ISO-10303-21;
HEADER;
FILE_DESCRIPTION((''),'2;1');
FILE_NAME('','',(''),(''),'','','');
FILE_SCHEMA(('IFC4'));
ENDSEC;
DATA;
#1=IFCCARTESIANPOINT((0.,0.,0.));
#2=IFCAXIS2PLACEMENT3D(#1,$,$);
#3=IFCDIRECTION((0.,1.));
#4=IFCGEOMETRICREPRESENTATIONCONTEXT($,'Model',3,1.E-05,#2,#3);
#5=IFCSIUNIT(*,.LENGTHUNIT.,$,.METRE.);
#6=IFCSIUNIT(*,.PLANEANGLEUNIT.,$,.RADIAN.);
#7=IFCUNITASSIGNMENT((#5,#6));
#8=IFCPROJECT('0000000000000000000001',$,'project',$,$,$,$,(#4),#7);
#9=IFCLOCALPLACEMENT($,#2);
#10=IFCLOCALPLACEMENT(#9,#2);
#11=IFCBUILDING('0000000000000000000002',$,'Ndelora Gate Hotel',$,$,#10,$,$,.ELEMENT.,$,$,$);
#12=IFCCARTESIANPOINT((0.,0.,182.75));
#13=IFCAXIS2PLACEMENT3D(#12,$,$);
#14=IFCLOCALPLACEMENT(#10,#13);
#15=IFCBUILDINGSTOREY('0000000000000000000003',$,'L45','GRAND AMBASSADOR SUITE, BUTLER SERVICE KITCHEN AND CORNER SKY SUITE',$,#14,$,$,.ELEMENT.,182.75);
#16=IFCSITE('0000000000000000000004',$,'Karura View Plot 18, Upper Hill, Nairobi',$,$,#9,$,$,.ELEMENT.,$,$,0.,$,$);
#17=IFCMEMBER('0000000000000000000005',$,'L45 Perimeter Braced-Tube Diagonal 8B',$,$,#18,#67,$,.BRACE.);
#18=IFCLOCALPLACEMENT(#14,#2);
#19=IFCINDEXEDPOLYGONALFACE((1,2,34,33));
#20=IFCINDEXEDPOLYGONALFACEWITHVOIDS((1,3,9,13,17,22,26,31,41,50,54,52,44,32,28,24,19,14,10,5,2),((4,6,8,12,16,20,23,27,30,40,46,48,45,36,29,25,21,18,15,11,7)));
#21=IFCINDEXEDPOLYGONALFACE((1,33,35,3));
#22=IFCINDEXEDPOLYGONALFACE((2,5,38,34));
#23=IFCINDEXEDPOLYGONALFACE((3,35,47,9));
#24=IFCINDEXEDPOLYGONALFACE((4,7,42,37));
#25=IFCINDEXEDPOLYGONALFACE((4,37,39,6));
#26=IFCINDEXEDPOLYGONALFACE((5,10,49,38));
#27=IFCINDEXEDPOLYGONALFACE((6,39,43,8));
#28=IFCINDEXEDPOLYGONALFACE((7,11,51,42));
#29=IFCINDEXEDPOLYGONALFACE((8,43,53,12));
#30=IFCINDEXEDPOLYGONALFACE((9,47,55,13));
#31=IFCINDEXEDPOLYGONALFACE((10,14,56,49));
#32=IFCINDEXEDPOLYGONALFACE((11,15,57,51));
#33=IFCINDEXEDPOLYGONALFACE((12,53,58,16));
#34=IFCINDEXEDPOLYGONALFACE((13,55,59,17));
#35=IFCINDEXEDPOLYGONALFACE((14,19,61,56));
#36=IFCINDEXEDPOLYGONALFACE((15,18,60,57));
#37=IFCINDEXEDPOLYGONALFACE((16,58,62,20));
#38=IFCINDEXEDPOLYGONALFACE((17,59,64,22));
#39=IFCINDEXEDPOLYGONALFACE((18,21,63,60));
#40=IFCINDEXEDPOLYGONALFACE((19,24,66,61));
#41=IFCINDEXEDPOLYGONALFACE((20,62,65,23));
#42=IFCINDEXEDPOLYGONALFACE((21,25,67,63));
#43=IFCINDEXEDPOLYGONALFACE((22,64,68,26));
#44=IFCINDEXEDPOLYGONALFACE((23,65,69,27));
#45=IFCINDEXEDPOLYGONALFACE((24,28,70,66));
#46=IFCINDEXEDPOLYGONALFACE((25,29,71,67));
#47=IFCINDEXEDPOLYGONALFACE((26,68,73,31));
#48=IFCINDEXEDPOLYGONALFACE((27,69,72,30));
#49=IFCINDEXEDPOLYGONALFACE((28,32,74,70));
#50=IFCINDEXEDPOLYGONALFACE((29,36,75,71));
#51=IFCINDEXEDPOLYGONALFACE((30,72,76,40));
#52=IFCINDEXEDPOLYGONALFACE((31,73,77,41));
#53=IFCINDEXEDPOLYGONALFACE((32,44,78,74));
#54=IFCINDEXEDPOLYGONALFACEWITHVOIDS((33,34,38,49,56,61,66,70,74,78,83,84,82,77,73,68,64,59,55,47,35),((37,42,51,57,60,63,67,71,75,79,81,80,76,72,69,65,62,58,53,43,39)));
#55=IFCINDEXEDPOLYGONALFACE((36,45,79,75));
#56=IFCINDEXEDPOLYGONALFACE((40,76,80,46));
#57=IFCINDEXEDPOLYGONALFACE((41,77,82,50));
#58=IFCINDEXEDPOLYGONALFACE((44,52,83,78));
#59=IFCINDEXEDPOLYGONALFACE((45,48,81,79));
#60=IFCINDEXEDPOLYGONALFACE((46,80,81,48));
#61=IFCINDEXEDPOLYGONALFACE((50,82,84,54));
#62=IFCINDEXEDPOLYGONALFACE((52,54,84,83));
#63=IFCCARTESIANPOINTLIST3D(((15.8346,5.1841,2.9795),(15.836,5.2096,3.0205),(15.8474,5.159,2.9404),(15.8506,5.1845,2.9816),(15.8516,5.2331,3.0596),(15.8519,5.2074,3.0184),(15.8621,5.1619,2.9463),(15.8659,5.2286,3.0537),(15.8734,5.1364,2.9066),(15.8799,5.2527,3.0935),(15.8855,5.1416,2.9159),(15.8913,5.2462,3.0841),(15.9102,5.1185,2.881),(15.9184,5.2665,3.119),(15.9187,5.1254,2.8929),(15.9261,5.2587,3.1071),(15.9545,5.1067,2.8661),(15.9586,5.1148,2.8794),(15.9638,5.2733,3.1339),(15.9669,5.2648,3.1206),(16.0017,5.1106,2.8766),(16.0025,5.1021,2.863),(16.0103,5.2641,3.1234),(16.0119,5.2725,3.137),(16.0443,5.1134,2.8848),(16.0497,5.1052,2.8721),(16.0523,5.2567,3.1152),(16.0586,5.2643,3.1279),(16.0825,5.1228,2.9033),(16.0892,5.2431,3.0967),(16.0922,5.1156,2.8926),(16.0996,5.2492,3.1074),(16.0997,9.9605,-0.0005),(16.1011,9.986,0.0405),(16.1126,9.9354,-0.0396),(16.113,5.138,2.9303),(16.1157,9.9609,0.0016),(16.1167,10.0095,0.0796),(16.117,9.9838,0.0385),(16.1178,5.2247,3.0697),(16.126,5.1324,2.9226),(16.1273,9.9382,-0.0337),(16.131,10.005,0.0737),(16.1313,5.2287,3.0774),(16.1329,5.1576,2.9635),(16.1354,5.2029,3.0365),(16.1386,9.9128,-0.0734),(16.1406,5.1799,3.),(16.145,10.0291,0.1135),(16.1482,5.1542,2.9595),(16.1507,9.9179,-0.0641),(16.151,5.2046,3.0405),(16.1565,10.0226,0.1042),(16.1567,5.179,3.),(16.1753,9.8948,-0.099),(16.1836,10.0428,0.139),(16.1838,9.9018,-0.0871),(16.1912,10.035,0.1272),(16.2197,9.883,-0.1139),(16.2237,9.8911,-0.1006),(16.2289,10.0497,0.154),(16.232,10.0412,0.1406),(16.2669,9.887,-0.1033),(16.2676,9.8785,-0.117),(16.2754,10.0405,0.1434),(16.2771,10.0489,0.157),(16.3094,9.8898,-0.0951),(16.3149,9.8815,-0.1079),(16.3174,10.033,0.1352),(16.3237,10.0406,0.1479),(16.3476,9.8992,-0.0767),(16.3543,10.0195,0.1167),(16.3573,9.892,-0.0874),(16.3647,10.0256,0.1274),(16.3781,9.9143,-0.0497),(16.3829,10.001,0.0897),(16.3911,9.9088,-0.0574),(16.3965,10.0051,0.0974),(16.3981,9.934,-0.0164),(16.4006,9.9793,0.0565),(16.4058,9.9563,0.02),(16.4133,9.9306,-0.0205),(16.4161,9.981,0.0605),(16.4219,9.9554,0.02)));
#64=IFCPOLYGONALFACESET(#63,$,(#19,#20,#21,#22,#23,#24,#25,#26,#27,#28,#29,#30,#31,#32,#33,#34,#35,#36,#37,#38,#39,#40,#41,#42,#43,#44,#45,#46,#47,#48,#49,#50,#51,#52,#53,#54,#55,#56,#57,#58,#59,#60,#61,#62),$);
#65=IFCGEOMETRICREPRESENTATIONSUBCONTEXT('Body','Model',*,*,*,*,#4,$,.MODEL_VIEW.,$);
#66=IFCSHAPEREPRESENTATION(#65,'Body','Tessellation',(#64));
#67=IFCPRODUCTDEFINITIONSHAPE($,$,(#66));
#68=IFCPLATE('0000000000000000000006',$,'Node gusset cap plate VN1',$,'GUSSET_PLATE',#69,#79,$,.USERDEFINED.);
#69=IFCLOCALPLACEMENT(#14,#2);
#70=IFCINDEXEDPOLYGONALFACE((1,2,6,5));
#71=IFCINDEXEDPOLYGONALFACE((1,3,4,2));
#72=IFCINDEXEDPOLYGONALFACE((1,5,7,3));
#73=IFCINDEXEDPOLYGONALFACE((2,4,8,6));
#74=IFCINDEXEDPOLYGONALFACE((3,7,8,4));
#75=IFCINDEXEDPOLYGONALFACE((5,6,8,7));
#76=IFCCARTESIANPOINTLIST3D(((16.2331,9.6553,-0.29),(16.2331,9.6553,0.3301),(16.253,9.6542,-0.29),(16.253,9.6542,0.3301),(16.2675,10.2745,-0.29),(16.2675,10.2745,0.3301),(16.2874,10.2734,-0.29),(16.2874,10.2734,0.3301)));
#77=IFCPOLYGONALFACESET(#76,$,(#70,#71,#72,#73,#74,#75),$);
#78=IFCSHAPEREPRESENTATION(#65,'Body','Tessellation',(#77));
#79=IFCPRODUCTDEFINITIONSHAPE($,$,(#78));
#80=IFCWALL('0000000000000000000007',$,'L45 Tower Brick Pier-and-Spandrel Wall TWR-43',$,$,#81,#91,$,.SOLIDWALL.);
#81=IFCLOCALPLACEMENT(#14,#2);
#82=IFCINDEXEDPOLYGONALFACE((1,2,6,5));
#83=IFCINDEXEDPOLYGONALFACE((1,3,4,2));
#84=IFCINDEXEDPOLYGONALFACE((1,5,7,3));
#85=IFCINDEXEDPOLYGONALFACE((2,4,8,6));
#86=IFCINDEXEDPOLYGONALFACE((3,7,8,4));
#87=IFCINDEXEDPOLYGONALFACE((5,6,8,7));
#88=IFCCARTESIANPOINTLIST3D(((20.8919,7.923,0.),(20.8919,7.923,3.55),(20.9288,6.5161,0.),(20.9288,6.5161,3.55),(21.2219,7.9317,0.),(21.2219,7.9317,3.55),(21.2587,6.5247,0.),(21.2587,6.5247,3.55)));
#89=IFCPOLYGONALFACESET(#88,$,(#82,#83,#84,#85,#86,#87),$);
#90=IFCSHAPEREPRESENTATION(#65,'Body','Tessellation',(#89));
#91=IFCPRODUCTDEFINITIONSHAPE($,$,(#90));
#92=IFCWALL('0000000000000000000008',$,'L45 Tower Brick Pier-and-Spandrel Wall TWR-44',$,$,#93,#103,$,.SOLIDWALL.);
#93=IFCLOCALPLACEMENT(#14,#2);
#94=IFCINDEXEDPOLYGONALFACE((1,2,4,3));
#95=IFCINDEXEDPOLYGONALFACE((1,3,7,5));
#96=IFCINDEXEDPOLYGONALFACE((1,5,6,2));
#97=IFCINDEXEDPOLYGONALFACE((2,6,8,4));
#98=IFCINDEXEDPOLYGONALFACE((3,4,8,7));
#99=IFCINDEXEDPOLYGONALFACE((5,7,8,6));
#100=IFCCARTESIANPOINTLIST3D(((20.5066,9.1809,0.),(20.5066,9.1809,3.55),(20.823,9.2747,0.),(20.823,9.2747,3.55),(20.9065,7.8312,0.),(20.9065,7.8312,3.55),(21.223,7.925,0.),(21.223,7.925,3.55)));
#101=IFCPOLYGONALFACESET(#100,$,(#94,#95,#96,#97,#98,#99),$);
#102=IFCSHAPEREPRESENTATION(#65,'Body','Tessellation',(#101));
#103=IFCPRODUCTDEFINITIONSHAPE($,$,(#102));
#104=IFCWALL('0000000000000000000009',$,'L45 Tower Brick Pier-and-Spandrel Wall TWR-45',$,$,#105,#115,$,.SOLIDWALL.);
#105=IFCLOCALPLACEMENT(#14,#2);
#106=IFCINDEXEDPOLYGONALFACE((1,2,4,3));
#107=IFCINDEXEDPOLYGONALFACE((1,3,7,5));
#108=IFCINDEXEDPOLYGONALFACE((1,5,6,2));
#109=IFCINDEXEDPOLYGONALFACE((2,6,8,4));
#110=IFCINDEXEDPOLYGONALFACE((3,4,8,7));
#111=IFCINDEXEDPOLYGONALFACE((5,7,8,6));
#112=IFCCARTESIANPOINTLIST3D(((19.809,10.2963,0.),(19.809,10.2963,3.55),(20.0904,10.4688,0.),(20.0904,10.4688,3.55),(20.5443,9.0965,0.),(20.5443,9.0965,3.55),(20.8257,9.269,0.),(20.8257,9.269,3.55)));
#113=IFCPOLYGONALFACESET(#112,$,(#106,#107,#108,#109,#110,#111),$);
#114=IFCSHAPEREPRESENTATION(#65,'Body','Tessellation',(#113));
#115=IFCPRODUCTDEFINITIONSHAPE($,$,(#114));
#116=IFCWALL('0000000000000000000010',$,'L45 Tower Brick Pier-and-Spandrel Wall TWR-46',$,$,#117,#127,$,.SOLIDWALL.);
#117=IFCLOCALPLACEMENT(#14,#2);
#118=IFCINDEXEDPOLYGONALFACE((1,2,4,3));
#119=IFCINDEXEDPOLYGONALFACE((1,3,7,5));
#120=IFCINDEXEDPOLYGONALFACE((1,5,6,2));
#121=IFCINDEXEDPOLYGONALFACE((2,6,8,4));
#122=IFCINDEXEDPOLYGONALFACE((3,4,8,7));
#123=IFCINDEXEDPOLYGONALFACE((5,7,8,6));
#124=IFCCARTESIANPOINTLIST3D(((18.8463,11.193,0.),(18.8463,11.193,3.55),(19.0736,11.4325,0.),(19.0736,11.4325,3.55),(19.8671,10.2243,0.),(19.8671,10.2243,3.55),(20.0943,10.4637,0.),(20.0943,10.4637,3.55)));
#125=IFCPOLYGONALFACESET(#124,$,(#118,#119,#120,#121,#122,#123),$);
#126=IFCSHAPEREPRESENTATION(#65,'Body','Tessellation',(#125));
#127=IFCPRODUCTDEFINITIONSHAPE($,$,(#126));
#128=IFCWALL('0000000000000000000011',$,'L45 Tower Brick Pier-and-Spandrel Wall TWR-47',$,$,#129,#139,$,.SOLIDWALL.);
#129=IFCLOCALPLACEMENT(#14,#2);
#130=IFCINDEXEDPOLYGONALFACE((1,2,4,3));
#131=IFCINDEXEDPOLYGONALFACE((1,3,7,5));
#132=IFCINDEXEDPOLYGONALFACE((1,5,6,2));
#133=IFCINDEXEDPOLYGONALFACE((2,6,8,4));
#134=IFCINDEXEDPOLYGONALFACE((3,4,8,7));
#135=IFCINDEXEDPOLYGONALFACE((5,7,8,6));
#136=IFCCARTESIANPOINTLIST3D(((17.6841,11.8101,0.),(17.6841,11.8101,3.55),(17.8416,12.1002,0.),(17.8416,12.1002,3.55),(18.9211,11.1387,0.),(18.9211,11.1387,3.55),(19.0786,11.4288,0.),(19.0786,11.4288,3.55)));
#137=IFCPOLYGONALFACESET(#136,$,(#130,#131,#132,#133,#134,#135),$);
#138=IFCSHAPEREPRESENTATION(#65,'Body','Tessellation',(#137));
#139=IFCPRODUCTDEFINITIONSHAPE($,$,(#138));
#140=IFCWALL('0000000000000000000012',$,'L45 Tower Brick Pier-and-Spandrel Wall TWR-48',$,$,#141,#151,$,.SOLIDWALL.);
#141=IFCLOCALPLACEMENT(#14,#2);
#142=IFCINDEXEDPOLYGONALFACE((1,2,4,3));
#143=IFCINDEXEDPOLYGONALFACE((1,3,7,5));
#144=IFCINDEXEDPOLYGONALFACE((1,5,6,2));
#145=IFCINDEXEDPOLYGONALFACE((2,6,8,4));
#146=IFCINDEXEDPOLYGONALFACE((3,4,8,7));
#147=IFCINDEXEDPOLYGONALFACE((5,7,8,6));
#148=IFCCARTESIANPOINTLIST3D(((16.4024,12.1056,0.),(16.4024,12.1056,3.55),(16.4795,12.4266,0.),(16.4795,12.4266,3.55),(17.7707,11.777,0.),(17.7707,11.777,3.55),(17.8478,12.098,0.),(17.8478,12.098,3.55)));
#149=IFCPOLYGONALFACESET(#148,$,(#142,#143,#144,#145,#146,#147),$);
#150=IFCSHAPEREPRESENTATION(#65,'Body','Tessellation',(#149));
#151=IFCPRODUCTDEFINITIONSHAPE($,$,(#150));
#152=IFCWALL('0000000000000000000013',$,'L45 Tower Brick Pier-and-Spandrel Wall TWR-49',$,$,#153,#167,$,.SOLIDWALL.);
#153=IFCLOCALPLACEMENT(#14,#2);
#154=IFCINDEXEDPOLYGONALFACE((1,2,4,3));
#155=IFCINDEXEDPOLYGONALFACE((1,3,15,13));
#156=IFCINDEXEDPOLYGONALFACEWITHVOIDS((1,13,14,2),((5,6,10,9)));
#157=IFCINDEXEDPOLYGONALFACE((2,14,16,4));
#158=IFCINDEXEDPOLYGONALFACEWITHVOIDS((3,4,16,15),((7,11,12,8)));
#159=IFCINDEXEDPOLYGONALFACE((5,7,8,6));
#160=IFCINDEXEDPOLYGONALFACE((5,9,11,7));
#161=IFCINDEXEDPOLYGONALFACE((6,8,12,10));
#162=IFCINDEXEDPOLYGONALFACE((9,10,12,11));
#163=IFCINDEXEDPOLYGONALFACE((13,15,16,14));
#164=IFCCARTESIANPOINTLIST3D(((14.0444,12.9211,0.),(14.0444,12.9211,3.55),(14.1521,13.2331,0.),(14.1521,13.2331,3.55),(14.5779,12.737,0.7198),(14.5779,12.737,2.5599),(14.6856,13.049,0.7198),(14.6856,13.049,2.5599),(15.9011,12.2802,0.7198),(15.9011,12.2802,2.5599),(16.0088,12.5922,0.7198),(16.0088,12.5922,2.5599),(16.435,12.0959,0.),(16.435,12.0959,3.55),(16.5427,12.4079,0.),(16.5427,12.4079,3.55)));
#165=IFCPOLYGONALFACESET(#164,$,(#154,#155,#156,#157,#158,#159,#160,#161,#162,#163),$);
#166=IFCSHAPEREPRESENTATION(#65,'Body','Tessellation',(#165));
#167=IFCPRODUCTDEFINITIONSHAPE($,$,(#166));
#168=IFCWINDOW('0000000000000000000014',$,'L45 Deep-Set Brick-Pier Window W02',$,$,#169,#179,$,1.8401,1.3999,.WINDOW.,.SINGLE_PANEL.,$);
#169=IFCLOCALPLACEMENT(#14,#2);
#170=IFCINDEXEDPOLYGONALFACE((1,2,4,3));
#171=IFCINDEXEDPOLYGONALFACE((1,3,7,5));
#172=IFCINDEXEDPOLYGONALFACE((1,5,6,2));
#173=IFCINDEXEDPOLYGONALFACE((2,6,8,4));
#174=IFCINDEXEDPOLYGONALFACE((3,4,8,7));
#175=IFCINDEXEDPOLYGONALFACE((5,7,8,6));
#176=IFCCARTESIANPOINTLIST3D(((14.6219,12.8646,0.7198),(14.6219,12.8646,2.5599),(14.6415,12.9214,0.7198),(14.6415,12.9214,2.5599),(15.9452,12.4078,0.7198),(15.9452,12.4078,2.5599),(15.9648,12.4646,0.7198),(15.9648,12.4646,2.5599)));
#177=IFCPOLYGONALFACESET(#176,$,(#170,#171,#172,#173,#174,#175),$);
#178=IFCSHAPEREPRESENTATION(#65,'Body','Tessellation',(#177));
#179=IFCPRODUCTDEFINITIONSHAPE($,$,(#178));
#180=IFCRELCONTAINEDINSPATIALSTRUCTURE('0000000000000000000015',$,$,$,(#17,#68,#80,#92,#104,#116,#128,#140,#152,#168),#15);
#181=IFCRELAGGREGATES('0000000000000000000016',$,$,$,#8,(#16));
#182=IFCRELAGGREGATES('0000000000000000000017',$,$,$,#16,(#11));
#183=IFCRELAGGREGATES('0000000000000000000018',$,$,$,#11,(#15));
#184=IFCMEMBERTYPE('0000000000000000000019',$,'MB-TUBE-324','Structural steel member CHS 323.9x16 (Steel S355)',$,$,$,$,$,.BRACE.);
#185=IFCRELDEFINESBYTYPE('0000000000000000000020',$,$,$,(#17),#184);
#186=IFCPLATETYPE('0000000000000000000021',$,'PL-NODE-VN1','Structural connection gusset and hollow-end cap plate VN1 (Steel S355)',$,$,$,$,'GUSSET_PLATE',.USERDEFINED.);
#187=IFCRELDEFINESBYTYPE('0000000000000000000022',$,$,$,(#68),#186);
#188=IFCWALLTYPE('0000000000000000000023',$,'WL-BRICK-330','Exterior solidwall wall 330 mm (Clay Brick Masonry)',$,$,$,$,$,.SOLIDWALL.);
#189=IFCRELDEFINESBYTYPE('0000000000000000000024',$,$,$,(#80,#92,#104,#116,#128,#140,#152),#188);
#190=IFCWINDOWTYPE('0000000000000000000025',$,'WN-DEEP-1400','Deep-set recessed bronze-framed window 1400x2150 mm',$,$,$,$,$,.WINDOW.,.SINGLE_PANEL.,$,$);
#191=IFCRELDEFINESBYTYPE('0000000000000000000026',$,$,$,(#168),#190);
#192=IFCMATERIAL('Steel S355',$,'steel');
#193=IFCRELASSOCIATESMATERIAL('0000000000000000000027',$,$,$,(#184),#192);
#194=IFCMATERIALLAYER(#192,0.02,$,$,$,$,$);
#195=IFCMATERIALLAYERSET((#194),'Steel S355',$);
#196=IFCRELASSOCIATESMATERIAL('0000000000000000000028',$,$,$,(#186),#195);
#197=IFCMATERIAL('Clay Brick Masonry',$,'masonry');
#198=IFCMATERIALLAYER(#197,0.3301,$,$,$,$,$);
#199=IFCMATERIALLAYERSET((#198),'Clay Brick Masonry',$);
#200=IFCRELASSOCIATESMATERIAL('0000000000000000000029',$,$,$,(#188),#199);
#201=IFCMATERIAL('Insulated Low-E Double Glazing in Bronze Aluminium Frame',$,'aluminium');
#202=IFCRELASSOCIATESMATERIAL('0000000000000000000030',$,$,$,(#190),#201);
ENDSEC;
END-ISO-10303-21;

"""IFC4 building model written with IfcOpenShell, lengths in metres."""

from ifc_helpers import new_model, si_unit, direction, frame, frame_2d, origin, origin_2d, place, context, subcontext, project, spatial, rectangle, hollow_circle, extrude, material, layer, layer_set, material_profile, profile_set, type_object, element, fill, save


model = new_model("IFC4")

# Units and contexts
model_context = context("Model", 3, precision=1e-05, world=origin(), true_north=direction((0.0, 1.0)))
body_context = subcontext(model_context, "Body", "Model", "MODEL_VIEW")
ifc_project = project(units=[si_unit("LENGTHUNIT", "METRE"), si_unit("PLANEANGLEUNIT", "RADIAN")], contexts=[model_context])

# Site, building, storey
site_placement = place(None, origin())
site = spatial("IfcSite", under=ifc_project, at=site_placement, Name="Karura View Plot 18, Upper Hill, Nairobi", CompositionType="ELEMENT", RefElevation=0.0)
building_placement = place(site_placement, origin())
building = spatial("IfcBuilding", under=site, at=building_placement, Name="Ndelora Gate Hotel", CompositionType="ELEMENT")
storey_placement = place(building_placement, frame((0.0, 0.0, 182.75)))
storey = spatial("IfcBuildingStorey", under=building, at=storey_placement, Name="L45", Description="GRAND AMBASSADOR SUITE, BUTLER SERVICE KITCHEN AND CORNER SKY SUITE", CompositionType="ELEMENT", Elevation=182.75)

# Shared definitions
ifc_material_1 = material(Name="Steel S355", Category="steel")

# Member
ifc_material_profile_1 = material_profile(ifc_material_1, hollow_circle(Radius=0.1619, WallThickness=0.0161, at=origin_2d()), Name="CHS 323.9x16")
ifc_profile_set_1 = profile_set([ifc_material_profile_1], Name="Steel S355")
member_type = type_object("IfcMemberType", Name="MB-TUBE-324", Description="Structural steel member CHS 323.9x16 (Steel S355)", PredefinedType="BRACE", material=ifc_profile_set_1)
member_placement = place(storey_placement, frame((16.2603, 9.9644, 0.02), z_axis=(-0.047044, -0.847478, 0.528742), x_axis=(0.998463, -0.055425, 0.0)))
element("IfcMember", 1, at=member_placement, inside=storey, type_object=member_type, Name="L45 Perimeter Braced-Tube Diagonal 8B", PredefinedType="BRACE", context=body_context, shape_type="SweptSolid", body=[
    extrude(hollow_circle(Radius=0.1619, WallThickness=0.0161, at=origin_2d()), origin(), (0.0, 0.0, 1.0), 5.636),
])

# Plate
ifc_layer_1 = layer(ifc_material_1, 0.02)
ifc_layer_set_1 = layer_set([ifc_layer_1], Name="Steel S355")
plate_type = type_object("IfcPlateType", Name="PL-NODE-VN1", Description="Structural connection gusset and hollow-end cap plate VN1 (Steel S355)", ElementType="GUSSET_PLATE", PredefinedType="USERDEFINED", material=ifc_layer_set_1)
plate_placement = place(storey_placement, frame((16.2603, 9.9644, -0.29), z_axis=(0.0, 0.0, 1.0), x_axis=(0.055473, 0.99846, 0.0)))
element("IfcPlate", 2, at=plate_placement, inside=storey, type_object=plate_type, Name="Node gusset cap plate VN1", ObjectType="GUSSET_PLATE", PredefinedType="USERDEFINED", context=body_context, shape_type="SweptSolid", body=[
    extrude(rectangle(XDim=0.6201, YDim=0.02, at=origin_2d()), origin(), (0.0, 0.0, 1.0), 0.6201),
])

# Walls
ifc_material_2 = material(Name="Clay Brick Masonry", Category="masonry")
ifc_layer_2 = layer(ifc_material_2, 0.3301)
ifc_layer_set_2 = layer_set([ifc_layer_2], Name="Clay Brick Masonry")
wall_type_1 = type_object("IfcWallType", Name="WL-BRICK-330", Description="Exterior solidwall wall 330 mm (Clay Brick Masonry)", PredefinedType="SOLIDWALL", material=ifc_layer_set_2)
wall_1_placement = place(storey_placement, frame((21.0569, 7.9272, 0.0), z_axis=(0.0, 0.0, 1.0), x_axis=(0.026193, -0.999657, 0.0)))
element("IfcWall", 3, at=wall_1_placement, inside=storey, type_object=wall_type_1, Name="L45 Tower Brick Pier-and-Spandrel Wall TWR-43", PredefinedType="SOLIDWALL", context=body_context, shape_type="SweptSolid", body=[
    extrude(rectangle(XDim=1.4075, YDim=0.3301, at=frame_2d((0.7036, 0.0))), origin(), (0.0, 0.0, 1.0), 3.55),
])
wall_2_placement = place(storey_placement, frame((20.6648, 9.2278, 0.0), z_axis=(0.0, 0.0, 1.0), x_axis=(0.2841, -0.958795, 0.0)))
element("IfcWall", 4, at=wall_2_placement, inside=storey, type_object=wall_type_1, Name="L45 Tower Brick Pier-and-Spandrel Wall TWR-44", PredefinedType="SOLIDWALL", context=body_context, shape_type="SweptSolid", body=[
    extrude(rectangle(XDim=1.4077, YDim=0.3301, at=frame_2d((0.7039, 0.0))), origin(), (0.0, 0.0, 1.0), 3.55),
])
for number, where, z_axis, x_axis, name in (
    (5, (19.9497, 10.3826, 0.0), (0.0, 0.0, 1.0), (0.522509, -0.852634, 0.0), "L45 Tower Brick Pier-and-Spandrel Wall TWR-45"),
    (6, (18.96, 11.3127, 0.0), (0.0, 0.0, 1.0), (0.725342, -0.688389, 0.0), "L45 Tower Brick Pier-and-Spandrel Wall TWR-46"),
):
    element("IfcWall", number, at=place(storey_placement, frame(where, z_axis=z_axis, x_axis=x_axis)), inside=storey, type_object=wall_type_1, Name=name, PredefinedType="SOLIDWALL", context=body_context, shape_type="SweptSolid", body=[
        extrude(rectangle(XDim=1.4072, YDim=0.3301, at=frame_2d((0.7036, 0.0))), origin(), (0.0, 0.0, 1.0), 3.55),
    ])
wall_3_placement = place(storey_placement, frame((17.7629, 11.9551, 0.0), z_axis=(0.0, 0.0, 1.0), x_axis=(0.878901, -0.477004, 0.0)))
element("IfcWall", 7, at=wall_3_placement, inside=storey, type_object=wall_type_1, Name="L45 Tower Brick Pier-and-Spandrel Wall TWR-47", PredefinedType="SOLIDWALL", context=body_context, shape_type="SweptSolid", body=[
    extrude(rectangle(XDim=1.4075, YDim=0.3301, at=frame_2d((0.7036, 0.0))), origin(), (0.0, 0.0, 1.0), 3.55),
])
wall_4_placement = place(storey_placement, frame((16.4409, 12.2661, 0.0), z_axis=(0.0, 0.0, 1.0), x_axis=(0.972356, -0.233504, 0.0)))
element("IfcWall", 8, at=wall_4_placement, inside=storey, type_object=wall_type_1, Name="L45 Tower Brick Pier-and-Spandrel Wall TWR-48", PredefinedType="SOLIDWALL", context=body_context, shape_type="SweptSolid", body=[
    extrude(rectangle(XDim=1.4072, YDim=0.3301, at=frame_2d((0.7036, 0.0))), origin(), (0.0, 0.0, 1.0), 3.55),
])

# Wall, opening, window
wall_5_placement = place(storey_placement, frame((14.0981, 13.0771, 0.0), z_axis=(0.0, 0.0, 1.0), x_axis=(0.94527, -0.326288, 0.0)))
wall_5 = element("IfcWall", 9, at=wall_5_placement, inside=storey, type_object=wall_type_1, Name="L45 Tower Brick Pier-and-Spandrel Wall TWR-49", PredefinedType="SOLIDWALL", context=body_context, shape_type="SweptSolid", body=[
    extrude(rectangle(XDim=2.5291, YDim=0.3301, at=frame_2d((1.2646, 0.0))), origin(), (0.0, 0.0, 1.0), 3.55),
])
opening_1_placement = place(wall_5_placement, frame((0.5645, 0.0, 0.72)))
opening_1 = element("IfcOpeningElement", 10, at=opening_1_placement, cuts=wall_5, PredefinedType="OPENING", context=body_context, shape_type="SweptSolid", body=[
    extrude(rectangle(XDim=1.3999, YDim=1.8401, at=frame_2d((0.7, 0.9199))), frame((0.0, 0.175, 0.0), z_axis=(0.0, -1.0, 0.0), x_axis=(1.0, 0.0, 0.0)), (0.0, 0.0, 1.0), 0.3501),
])
ifc_material_3 = material(Name="Insulated Low-E Double Glazing in Bronze Aluminium Frame", Category="aluminium")
window_type = type_object("IfcWindowType", Name="WN-DEEP-1400", Description="Deep-set recessed bronze-framed window 1400x2150 mm", PartitioningType="SINGLE_PANEL", PredefinedType="WINDOW", material=ifc_material_3)
window_1_placement = place(opening_1_placement, origin())
window_1 = element("IfcWindow", 11, at=window_1_placement, inside=storey, type_object=window_type, Name="L45 Deep-Set Brick-Pier Window W02", OverallHeight=1.8401, OverallWidth=1.3999, PartitioningType="SINGLE_PANEL", PredefinedType="WINDOW", context=body_context, shape_type="SweptSolid", body=[
    extrude(rectangle(XDim=1.3999, YDim=1.8401, at=frame_2d((0.7, 0.9199))), frame((0.0, 0.03, 0.0), z_axis=(0.0, -1.0, 0.0), x_axis=(1.0, 0.0, 0.0)), (0.0, 0.0, 1.0), 0.0601),
])
fill(opening_1, window_1)

save(model, "model.ifc")
